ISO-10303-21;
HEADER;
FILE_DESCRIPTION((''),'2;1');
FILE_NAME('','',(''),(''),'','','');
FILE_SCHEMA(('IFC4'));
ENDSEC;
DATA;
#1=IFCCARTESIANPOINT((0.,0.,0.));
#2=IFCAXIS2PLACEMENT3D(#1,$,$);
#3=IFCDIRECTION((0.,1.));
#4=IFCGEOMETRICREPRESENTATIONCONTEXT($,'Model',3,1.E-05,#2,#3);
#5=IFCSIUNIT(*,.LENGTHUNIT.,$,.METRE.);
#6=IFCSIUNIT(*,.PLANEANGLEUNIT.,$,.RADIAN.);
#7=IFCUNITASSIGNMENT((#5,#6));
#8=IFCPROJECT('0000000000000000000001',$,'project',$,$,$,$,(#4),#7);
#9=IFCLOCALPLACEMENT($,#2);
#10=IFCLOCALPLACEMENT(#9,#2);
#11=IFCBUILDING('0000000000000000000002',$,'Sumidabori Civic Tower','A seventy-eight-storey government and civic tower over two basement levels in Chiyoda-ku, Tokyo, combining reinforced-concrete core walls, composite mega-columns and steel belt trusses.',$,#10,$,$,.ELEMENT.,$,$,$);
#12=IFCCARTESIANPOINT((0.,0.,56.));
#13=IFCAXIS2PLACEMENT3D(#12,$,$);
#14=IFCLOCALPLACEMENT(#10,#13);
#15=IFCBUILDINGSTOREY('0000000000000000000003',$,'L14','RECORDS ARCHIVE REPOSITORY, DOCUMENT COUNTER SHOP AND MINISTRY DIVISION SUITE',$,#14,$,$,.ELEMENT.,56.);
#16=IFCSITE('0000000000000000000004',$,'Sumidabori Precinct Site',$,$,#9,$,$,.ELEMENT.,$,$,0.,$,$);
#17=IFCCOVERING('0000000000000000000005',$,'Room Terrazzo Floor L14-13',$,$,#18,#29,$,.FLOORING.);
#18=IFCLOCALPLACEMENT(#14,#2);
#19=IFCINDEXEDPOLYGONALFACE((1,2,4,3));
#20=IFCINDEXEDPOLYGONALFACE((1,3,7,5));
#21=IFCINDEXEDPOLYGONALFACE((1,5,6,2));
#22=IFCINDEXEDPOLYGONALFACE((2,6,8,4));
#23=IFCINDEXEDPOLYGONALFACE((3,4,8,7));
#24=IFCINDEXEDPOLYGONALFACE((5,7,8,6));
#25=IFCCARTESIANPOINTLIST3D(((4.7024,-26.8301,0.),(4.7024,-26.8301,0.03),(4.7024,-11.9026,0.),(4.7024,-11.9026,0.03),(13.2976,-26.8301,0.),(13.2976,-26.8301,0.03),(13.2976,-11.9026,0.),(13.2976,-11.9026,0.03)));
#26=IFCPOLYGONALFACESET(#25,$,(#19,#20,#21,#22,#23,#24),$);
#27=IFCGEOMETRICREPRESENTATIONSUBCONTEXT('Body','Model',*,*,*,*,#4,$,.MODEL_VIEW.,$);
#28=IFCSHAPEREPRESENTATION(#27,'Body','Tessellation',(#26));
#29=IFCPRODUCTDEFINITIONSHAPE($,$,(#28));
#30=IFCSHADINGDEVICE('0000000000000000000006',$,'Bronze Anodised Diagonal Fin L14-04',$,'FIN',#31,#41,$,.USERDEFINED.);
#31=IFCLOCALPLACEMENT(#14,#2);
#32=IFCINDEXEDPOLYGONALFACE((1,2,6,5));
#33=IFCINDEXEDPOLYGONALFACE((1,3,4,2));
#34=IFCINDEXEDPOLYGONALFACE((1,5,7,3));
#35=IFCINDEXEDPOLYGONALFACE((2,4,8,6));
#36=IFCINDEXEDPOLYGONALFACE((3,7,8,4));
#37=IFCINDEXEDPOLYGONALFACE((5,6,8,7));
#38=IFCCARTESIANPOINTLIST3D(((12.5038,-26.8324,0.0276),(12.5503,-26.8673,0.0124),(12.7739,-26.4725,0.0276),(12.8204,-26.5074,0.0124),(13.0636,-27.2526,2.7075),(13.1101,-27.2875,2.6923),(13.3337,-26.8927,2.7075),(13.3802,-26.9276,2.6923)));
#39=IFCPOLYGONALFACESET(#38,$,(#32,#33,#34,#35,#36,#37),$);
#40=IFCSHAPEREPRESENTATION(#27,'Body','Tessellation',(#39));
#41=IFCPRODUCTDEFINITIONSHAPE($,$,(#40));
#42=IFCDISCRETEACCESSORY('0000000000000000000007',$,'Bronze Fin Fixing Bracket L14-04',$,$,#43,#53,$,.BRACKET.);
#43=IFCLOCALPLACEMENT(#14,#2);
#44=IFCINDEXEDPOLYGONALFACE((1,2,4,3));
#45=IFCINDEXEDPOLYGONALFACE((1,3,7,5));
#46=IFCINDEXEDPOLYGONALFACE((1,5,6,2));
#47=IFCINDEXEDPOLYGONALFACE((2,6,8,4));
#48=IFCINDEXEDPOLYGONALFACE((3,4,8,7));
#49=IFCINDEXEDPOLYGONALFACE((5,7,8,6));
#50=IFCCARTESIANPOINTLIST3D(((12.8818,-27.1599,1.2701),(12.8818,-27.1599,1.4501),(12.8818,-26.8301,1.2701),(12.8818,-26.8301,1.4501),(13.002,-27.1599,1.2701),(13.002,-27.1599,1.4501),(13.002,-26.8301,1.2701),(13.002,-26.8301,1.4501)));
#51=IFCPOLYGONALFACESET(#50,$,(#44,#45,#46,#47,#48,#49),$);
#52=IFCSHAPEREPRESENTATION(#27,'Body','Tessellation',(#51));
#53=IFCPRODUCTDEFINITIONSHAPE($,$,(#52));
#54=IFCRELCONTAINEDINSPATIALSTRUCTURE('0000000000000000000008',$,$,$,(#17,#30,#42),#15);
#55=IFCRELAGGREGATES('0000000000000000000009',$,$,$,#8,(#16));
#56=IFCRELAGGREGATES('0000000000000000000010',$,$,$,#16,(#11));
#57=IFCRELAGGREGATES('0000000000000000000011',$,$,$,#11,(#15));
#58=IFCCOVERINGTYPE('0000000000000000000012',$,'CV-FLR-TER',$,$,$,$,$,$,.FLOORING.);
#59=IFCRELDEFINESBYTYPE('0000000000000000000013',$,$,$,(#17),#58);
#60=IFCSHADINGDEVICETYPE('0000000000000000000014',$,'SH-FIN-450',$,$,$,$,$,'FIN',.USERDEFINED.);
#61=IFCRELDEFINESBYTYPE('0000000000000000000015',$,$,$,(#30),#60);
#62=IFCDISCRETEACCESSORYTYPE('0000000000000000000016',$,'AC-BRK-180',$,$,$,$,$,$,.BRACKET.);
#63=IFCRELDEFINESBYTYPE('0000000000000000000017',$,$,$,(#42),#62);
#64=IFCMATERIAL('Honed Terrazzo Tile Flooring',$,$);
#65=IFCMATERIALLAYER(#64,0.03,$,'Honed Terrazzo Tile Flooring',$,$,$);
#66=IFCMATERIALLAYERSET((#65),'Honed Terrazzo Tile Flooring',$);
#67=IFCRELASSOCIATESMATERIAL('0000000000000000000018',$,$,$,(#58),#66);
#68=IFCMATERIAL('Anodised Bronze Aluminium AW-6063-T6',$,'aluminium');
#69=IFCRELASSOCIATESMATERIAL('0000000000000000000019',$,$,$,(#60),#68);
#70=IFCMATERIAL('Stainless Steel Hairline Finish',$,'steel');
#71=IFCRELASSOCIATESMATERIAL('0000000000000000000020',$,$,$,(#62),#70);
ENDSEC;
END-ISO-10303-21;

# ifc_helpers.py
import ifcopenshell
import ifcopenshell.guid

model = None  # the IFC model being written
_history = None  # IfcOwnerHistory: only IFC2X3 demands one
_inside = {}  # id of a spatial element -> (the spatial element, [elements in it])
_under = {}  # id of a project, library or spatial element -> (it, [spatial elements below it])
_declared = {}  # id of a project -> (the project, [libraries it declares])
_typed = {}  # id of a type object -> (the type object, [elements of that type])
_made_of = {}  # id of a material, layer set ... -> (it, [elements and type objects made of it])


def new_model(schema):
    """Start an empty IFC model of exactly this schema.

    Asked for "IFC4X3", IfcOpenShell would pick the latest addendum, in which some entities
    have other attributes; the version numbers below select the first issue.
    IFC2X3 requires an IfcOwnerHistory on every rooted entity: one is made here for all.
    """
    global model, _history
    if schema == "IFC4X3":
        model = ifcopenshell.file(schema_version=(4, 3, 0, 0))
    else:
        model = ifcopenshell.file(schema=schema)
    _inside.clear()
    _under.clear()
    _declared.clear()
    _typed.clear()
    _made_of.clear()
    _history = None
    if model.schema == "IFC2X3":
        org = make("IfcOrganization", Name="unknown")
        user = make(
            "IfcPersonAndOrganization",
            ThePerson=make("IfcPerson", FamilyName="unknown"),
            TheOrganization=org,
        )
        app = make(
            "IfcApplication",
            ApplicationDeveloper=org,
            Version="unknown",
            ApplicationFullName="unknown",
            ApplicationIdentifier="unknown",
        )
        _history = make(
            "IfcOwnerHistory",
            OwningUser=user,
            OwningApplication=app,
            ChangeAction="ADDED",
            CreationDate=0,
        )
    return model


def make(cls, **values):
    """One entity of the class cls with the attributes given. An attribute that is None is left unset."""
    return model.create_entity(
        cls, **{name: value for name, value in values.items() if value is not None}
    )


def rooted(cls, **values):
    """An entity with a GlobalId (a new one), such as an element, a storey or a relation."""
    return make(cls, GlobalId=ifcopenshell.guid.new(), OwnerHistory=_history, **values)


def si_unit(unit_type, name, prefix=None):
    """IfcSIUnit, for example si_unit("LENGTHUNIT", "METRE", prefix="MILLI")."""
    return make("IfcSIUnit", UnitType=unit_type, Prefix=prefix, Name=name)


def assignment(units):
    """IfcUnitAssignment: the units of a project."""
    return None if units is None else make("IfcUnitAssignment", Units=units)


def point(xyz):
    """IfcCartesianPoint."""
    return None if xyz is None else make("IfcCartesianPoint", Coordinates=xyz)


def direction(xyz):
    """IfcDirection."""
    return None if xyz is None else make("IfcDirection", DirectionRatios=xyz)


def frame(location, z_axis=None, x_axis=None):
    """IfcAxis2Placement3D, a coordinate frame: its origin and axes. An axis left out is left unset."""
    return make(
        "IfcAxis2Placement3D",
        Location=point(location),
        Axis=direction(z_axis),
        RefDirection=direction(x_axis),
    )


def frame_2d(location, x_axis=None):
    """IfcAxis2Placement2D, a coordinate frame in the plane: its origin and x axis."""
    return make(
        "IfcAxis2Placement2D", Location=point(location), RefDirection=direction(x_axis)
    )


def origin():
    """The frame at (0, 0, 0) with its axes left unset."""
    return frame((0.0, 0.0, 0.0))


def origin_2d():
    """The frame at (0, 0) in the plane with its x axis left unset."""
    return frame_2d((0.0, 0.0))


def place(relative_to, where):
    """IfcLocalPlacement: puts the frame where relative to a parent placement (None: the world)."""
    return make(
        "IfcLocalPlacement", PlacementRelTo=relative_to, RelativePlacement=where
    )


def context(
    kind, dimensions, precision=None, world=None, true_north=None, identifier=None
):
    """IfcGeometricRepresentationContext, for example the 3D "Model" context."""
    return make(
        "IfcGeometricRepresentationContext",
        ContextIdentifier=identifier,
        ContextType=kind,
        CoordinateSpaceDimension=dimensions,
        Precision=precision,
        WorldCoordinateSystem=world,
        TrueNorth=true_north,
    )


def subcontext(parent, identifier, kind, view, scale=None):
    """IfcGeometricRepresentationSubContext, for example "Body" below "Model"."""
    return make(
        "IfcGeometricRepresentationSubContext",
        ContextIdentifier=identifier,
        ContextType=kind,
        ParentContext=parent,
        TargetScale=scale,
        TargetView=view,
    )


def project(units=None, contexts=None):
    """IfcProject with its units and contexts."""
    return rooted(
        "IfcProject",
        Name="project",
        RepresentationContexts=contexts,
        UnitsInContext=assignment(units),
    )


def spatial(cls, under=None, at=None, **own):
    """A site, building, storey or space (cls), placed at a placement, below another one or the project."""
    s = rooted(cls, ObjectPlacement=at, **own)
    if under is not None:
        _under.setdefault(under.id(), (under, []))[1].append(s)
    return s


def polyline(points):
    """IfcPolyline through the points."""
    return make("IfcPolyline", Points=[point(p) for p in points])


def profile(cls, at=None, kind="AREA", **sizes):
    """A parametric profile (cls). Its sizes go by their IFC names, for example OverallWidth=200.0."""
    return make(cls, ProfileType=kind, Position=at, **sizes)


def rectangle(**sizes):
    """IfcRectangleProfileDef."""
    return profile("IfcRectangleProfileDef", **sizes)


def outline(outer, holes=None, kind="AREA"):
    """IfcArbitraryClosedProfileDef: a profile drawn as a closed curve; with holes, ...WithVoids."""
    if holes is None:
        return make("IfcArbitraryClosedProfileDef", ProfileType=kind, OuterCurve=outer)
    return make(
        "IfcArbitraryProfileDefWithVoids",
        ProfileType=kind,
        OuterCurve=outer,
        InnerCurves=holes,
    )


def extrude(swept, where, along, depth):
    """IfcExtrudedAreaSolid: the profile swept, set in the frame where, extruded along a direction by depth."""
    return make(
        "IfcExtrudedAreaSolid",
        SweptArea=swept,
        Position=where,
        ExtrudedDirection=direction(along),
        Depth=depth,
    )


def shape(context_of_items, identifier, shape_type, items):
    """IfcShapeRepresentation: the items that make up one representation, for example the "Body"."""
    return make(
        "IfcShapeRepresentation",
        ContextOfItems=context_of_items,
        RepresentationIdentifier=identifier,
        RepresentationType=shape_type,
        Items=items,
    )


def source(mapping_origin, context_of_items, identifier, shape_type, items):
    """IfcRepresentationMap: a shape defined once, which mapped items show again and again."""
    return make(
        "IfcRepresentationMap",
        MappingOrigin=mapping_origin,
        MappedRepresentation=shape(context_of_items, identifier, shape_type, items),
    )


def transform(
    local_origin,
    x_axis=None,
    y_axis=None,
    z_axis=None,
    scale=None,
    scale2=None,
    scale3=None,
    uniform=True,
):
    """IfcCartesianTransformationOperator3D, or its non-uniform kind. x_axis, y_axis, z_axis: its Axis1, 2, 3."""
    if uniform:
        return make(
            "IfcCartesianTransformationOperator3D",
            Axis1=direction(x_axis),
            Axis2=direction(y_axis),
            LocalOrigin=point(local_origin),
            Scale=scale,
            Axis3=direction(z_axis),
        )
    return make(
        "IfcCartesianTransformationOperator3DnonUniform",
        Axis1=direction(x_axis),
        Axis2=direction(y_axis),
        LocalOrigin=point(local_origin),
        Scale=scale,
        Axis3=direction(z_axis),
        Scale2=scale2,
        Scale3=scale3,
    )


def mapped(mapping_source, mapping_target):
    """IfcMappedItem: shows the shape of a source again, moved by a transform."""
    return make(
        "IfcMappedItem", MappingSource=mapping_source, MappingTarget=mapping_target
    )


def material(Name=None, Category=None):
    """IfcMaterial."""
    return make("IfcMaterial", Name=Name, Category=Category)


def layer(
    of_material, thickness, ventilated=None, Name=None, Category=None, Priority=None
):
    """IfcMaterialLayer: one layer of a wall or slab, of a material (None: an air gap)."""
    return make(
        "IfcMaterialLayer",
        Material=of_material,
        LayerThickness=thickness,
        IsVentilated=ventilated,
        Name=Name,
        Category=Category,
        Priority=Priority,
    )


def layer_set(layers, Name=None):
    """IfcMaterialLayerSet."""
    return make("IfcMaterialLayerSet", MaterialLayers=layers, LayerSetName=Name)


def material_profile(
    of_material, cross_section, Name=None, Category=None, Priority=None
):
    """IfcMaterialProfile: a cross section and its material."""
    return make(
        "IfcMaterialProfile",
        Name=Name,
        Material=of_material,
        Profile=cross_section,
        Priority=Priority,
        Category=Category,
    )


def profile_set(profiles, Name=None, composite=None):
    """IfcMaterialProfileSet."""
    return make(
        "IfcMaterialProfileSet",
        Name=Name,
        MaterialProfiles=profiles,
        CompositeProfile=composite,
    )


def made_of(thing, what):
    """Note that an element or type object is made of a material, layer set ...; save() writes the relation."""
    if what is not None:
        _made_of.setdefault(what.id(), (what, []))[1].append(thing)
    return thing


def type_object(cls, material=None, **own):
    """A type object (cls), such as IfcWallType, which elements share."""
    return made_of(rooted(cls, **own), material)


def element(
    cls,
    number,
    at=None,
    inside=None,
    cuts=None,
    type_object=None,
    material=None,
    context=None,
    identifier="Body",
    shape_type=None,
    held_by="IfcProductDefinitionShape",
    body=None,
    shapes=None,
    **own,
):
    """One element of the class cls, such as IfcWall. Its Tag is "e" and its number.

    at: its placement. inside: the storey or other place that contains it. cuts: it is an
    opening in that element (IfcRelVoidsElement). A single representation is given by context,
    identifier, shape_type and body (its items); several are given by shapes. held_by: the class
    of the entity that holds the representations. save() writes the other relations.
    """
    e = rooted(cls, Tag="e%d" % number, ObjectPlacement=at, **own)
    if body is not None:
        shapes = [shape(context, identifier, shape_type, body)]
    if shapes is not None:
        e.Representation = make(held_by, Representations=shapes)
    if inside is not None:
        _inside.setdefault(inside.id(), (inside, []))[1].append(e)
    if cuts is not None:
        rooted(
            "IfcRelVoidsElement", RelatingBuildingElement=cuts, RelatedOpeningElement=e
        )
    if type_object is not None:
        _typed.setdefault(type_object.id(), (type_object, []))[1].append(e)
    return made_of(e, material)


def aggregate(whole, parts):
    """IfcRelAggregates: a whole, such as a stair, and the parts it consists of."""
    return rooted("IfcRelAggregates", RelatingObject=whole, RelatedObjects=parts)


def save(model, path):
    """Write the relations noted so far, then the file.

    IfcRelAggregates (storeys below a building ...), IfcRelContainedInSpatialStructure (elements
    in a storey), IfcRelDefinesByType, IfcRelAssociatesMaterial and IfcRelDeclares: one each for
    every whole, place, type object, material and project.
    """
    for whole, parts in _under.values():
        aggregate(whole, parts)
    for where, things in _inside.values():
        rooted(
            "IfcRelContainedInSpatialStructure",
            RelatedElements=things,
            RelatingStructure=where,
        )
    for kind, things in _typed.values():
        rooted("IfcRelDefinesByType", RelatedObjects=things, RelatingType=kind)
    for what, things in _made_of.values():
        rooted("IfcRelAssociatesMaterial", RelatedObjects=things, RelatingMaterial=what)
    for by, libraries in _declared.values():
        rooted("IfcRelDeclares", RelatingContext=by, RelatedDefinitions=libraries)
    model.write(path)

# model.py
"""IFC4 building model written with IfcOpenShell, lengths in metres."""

from ifc_helpers import new_model, si_unit, direction, frame, origin, origin_2d, place, context, subcontext, project, spatial, polyline, rectangle, outline, extrude, source, transform, mapped, material, layer, layer_set, material_profile, profile_set, type_object, element, save


model = new_model("IFC4")

# Units and contexts
model_context = context("Model", 3, precision=1e-05, world=origin(), true_north=direction((0.0, 1.0)))
body_context = subcontext(model_context, "Body", "Model", "MODEL_VIEW")
ifc_project = project(units=[si_unit("LENGTHUNIT", "METRE"), si_unit("PLANEANGLEUNIT", "RADIAN")], contexts=[model_context])

# Site, building, storey
site_placement = place(None, origin())
site = spatial("IfcSite", under=ifc_project, at=site_placement, Name="Sumidabori Precinct Site", CompositionType="ELEMENT", RefElevation=0.0)
building_placement = place(site_placement, origin())
building = spatial("IfcBuilding", under=site, at=building_placement, Name="Sumidabori Civic Tower", Description="A seventy-eight-storey government and civic tower over two basement levels in Chiyoda-ku, Tokyo, combining reinforced-concrete core walls, composite mega-columns and steel belt trusses.", CompositionType="ELEMENT")
storey_placement = place(building_placement, frame((0.0, 0.0, 56.0)))
storey = spatial("IfcBuildingStorey", under=building, at=storey_placement, Name="L14", Description="RECORDS ARCHIVE REPOSITORY, DOCUMENT COUNTER SHOP AND MINISTRY DIVISION SUITE", CompositionType="ELEMENT", Elevation=56.0)

# Shared definitions
ifc_material_1 = material(Name="Anodised Bronze Aluminium AW-6063-T6", Category="aluminium")

# Covering
ifc_material_2 = material(Name="Honed Terrazzo Tile Flooring")
ifc_layer_1 = layer(ifc_material_2, 0.03, Name="Honed Terrazzo Tile Flooring")
ifc_layer_set_1 = layer_set([ifc_layer_1], Name="Honed Terrazzo Tile Flooring")
covering_type_1 = type_object("IfcCoveringType", Name="CV-FLR-TER", PredefinedType="FLOORING", material=ifc_layer_set_1)
covering_1_placement = place(storey_placement, origin())
element("IfcCovering", 1, at=covering_1_placement, inside=storey, type_object=covering_type_1, Name="Room Terrazzo Floor L14-13", PredefinedType="FLOORING", context=body_context, shape_type="SweptSolid", body=[
    extrude(outline(polyline([(13.2976, -26.8301), (4.7024, -26.8301), (4.7024, -11.9026), (13.2976, -11.9026), (13.2976, -26.8301)])), origin(), (0.0, 0.0, 1.0), 0.03),
])

# Shading device
ifc_material_profile_1 = material_profile(ifc_material_1, rectangle(XDim=0.0601, YDim=0.45, at=origin_2d()), Name="BRONZE FIN 450x60")
ifc_profile_set_1 = profile_set([ifc_material_profile_1], Name="Anodised Bronze Aluminium AW-6063-T6")
shading_device_type = type_object("IfcShadingDeviceType", Name="SH-FIN-450", ElementType="FIN", PredefinedType="USERDEFINED", material=ifc_profile_set_1)
shared_shape_1 = source(origin(), body_context, "Body", "SweptSolid", [
    extrude(rectangle(XDim=0.0601, YDim=0.45, at=origin_2d()), origin(), (0.0, 0.0, 1.0), 2.7698),
])
shading_device_placement = place(storey_placement, frame((12.6621, -26.6699, 0.02), z_axis=(0.202111, -0.151694, 0.967543), x_axis=(0.773832, -0.580796, -0.252705)))
element("IfcShadingDevice", 2, at=shading_device_placement, inside=storey, type_object=shading_device_type, Name="Bronze Anodised Diagonal Fin L14-04", ObjectType="FIN", PredefinedType="USERDEFINED", context=body_context, shape_type="MappedRepresentation", body=[
    mapped(shared_shape_1, transform((0.0, 0.0, 0.0), x_axis=(1.0, 0.0, 0.0), y_axis=(0.0, 1.0, 0.0), z_axis=(0.0, 0.0, 1.0), scale=1.0)),
])

# Discrete accessory
ifc_material_3 = material(Name="Stainless Steel Hairline Finish", Category="steel")
ifc_material_profile_2 = material_profile(ifc_material_3, rectangle(XDim=0.1201, YDim=0.1799, at=origin_2d()), Name="STEEL BRACKET 180x120")
ifc_profile_set_2 = profile_set([ifc_material_profile_2], Name="Stainless Steel Hairline Finish")
discrete_accessory_type = type_object("IfcDiscreteAccessoryType", Name="AC-BRK-180", PredefinedType="BRACKET", material=ifc_profile_set_2)
shared_shape_2 = source(origin(), body_context, "Body", "SweptSolid", [
    extrude(rectangle(XDim=0.1201, YDim=0.1799, at=origin_2d()), origin(), (0.0, 0.0, 1.0), 0.3298),
])
discrete_accessory_placement = place(storey_placement, frame((12.9419, -26.8301, 1.3601), z_axis=(0.0, -1.0, 0.0), x_axis=(1.0, 0.0, 0.0)))
element("IfcDiscreteAccessory", 3, at=discrete_accessory_placement, inside=storey, type_object=discrete_accessory_type, Name="Bronze Fin Fixing Bracket L14-04", PredefinedType="BRACKET", context=body_context, shape_type="MappedRepresentation", body=[
    mapped(shared_shape_2, transform((0.0, 0.0, 0.0), x_axis=(1.0, 0.0, 0.0), y_axis=(0.0, 1.0, 0.0), z_axis=(0.0, 0.0, 1.0), scale=1.0)),
])

save(model, "model.ifc")
